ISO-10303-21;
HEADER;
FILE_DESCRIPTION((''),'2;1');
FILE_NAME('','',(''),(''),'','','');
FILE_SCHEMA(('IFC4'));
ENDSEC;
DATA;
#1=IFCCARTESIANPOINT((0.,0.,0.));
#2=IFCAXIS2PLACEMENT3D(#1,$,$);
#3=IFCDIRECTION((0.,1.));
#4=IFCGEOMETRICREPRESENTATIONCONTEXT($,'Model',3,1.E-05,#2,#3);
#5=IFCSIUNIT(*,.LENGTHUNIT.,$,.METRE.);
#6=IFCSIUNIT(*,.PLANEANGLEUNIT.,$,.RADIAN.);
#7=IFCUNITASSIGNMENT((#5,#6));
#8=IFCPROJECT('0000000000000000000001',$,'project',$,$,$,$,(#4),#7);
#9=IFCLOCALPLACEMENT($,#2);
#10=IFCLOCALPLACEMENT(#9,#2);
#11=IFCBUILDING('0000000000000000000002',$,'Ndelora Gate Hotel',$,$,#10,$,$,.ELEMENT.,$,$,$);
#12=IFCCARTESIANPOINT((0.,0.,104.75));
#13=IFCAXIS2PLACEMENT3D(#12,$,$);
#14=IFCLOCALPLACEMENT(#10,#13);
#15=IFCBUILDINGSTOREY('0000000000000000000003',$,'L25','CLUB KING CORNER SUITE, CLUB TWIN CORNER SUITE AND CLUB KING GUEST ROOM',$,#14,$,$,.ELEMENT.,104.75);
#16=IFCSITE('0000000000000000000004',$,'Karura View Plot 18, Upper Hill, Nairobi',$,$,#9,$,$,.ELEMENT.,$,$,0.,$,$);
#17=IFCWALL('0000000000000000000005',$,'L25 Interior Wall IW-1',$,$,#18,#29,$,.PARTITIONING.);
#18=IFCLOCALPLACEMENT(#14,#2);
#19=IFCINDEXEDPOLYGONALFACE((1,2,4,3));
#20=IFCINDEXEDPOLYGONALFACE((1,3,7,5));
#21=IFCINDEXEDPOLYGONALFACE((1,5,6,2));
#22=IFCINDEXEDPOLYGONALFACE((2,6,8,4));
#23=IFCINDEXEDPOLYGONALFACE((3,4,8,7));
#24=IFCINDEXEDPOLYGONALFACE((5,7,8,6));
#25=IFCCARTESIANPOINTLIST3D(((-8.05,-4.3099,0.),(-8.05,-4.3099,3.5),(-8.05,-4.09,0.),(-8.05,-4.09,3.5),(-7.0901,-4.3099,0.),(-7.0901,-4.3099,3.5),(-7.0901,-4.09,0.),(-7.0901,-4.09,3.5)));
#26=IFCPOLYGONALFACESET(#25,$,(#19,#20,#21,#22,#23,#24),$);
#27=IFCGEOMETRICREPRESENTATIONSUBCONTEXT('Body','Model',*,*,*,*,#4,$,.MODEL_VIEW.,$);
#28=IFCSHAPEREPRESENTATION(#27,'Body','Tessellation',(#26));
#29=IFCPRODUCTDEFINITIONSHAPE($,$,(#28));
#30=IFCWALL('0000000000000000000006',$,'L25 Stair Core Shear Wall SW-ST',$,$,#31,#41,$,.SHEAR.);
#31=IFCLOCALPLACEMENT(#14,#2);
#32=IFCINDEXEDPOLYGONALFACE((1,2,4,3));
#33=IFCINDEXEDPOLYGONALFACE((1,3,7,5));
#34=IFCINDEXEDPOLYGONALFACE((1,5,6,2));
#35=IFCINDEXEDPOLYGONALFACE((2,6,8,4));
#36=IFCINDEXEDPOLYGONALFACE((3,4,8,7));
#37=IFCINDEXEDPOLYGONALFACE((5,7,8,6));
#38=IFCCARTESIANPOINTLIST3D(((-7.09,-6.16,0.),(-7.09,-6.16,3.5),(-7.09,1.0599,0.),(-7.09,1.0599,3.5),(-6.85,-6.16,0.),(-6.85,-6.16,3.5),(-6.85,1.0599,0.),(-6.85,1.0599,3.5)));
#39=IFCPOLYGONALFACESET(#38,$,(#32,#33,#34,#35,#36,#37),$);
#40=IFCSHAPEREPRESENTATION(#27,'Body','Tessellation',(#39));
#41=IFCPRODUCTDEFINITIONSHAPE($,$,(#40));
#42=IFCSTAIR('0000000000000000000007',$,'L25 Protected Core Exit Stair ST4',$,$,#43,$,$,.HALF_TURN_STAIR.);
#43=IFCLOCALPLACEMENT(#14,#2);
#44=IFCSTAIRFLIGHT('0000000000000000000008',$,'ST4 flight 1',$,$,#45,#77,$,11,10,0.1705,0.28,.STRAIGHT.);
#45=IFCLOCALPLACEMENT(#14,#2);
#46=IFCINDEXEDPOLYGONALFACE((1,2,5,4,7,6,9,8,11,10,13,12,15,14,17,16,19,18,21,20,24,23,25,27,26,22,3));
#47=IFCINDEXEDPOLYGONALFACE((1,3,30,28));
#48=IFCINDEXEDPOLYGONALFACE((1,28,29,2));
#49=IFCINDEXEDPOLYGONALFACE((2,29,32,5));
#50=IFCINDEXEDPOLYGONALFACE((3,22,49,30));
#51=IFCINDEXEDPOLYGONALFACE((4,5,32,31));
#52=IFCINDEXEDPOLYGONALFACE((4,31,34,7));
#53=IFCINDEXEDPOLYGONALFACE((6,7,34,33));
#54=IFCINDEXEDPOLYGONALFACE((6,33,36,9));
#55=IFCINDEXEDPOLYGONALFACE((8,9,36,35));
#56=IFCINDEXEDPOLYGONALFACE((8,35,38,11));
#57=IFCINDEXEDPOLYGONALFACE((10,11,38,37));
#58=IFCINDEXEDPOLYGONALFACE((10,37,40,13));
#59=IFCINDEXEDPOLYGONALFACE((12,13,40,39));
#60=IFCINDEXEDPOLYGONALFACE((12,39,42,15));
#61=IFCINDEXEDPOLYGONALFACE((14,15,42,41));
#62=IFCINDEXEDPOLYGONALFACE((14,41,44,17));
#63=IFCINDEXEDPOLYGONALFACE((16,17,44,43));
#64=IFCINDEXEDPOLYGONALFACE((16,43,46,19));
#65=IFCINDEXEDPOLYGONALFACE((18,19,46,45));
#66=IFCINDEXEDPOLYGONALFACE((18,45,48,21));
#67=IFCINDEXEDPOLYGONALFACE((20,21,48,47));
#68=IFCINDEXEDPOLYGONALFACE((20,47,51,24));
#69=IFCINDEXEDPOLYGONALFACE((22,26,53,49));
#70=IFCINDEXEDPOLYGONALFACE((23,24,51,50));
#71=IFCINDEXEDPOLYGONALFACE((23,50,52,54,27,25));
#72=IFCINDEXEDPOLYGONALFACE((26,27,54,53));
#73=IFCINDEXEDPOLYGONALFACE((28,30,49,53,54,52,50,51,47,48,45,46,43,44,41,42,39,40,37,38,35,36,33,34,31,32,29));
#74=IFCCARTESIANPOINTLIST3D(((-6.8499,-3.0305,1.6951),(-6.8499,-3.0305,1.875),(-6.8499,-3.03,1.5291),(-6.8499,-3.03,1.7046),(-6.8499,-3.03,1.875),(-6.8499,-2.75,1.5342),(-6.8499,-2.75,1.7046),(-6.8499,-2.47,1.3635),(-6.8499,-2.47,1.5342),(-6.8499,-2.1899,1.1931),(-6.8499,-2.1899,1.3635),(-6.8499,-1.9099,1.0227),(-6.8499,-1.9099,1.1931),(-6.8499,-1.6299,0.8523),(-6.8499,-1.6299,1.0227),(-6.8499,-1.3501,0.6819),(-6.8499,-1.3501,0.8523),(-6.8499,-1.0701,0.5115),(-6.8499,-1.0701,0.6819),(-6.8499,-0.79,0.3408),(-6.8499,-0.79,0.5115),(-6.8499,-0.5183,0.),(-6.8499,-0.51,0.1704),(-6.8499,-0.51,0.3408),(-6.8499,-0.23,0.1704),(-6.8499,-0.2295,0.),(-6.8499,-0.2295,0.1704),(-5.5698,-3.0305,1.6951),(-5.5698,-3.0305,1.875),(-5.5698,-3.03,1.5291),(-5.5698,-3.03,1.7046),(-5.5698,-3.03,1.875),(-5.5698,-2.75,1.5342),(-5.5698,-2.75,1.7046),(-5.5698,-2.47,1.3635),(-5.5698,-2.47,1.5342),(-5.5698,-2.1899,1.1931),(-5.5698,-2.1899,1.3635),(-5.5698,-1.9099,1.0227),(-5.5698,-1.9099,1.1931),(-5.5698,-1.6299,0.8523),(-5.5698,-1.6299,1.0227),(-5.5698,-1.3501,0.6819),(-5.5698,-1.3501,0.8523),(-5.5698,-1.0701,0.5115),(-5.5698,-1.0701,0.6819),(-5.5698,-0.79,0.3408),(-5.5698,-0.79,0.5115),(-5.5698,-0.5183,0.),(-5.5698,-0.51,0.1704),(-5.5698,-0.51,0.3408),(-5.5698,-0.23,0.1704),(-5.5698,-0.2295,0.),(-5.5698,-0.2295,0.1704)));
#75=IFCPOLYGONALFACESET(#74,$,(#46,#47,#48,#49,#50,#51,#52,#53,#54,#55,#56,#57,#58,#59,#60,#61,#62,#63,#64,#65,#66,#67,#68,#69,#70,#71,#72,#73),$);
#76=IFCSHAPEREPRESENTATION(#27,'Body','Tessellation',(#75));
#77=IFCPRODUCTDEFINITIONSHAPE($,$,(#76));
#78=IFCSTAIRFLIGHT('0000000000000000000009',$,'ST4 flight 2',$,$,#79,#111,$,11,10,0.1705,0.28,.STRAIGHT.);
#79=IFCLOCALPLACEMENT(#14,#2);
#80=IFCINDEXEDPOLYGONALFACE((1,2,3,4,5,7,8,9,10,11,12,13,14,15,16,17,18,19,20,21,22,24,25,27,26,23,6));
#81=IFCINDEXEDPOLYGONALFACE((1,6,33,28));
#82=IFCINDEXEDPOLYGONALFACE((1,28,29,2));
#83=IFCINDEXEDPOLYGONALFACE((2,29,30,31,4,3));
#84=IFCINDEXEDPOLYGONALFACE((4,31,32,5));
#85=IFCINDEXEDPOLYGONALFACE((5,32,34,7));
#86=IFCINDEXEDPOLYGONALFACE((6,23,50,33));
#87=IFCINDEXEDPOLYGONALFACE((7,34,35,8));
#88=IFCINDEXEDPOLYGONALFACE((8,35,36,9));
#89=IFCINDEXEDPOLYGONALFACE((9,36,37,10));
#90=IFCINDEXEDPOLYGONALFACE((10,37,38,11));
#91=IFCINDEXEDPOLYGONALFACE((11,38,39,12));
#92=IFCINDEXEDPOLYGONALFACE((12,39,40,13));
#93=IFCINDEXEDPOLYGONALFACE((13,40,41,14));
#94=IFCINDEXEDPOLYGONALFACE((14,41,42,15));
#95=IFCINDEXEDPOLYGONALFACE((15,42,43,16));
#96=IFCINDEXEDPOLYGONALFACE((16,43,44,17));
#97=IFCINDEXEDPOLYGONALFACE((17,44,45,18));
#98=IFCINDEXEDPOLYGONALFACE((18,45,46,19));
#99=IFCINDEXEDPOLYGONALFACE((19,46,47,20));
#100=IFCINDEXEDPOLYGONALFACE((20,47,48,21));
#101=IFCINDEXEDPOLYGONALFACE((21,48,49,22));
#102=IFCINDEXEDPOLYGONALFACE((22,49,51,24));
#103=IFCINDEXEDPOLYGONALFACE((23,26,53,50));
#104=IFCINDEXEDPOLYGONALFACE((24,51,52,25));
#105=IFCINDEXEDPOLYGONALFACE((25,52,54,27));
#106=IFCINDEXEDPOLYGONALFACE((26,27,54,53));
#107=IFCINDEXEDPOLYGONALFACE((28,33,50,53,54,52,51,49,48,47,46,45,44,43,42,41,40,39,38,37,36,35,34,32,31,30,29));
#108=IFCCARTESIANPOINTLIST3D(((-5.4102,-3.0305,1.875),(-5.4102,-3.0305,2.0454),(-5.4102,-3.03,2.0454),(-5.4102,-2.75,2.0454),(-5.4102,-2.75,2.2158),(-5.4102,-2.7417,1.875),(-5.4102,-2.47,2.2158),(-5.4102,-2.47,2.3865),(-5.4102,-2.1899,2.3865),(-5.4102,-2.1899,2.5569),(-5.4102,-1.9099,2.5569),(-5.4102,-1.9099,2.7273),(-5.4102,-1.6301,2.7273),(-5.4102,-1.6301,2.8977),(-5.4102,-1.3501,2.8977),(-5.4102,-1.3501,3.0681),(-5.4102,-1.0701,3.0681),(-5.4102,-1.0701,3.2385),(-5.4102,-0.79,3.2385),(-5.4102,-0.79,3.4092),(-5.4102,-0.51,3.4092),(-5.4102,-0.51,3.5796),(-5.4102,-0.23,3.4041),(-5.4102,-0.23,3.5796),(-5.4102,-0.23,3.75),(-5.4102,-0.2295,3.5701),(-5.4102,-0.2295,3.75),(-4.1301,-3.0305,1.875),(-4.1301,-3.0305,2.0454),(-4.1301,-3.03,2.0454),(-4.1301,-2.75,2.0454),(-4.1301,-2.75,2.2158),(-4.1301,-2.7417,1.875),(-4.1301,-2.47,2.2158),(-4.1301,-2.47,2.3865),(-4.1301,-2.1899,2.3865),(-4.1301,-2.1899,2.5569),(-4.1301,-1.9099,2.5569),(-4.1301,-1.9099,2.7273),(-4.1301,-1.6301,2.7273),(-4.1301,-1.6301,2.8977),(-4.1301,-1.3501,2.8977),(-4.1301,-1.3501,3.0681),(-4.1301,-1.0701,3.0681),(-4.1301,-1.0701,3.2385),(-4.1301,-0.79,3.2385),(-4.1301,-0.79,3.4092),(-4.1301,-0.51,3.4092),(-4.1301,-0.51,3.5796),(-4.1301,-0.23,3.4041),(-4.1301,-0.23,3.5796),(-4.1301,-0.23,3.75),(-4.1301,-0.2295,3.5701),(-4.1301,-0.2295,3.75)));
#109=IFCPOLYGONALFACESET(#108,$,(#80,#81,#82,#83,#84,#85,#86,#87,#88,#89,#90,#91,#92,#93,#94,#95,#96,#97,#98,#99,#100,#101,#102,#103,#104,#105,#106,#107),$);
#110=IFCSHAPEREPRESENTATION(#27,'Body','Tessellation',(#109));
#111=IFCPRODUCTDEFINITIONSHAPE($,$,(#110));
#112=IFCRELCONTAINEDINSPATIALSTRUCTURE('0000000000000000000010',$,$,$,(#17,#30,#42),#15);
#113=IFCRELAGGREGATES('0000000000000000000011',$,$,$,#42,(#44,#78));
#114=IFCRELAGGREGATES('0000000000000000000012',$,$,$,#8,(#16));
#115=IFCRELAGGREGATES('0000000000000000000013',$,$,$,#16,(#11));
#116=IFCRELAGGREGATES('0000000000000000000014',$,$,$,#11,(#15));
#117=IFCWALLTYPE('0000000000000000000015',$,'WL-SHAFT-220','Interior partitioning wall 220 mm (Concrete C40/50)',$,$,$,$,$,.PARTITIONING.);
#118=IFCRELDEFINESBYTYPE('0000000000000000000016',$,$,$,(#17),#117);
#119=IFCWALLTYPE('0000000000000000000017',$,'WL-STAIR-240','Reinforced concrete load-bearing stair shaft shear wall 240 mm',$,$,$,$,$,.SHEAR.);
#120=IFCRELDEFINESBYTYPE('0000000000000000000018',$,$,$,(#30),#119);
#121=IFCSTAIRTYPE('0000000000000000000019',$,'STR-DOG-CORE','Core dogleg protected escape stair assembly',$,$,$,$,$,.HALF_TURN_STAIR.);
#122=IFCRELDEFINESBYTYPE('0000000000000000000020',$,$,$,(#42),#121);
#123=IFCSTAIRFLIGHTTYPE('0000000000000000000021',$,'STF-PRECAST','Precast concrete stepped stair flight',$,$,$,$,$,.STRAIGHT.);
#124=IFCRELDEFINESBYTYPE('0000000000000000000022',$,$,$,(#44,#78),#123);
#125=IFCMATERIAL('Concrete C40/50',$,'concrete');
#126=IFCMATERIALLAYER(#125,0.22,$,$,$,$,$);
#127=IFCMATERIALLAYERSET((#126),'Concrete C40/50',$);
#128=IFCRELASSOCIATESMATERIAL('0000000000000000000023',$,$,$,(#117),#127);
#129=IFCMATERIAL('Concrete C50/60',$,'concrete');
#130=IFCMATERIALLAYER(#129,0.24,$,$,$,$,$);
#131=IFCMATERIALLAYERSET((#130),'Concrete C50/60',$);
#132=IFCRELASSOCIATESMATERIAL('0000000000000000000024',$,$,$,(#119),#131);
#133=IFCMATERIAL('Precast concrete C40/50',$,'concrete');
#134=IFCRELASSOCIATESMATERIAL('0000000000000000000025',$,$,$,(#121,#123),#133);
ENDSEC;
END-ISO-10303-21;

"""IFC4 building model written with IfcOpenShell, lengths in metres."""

from ifc_helpers import new_model, si_unit, direction, frame, frame_2d, origin, place, context, subcontext, project, spatial, polyline, rectangle, outline, extrude, material, layer, layer_set, type_object, element, aggregate, save


model = new_model("IFC4")

# Units and contexts
model_context = context("Model", 3, precision=1e-05, world=origin(), true_north=direction((0.0, 1.0)))
body_context = subcontext(model_context, "Body", "Model", "MODEL_VIEW")
ifc_project = project(units=[si_unit("LENGTHUNIT", "METRE"), si_unit("PLANEANGLEUNIT", "RADIAN")], contexts=[model_context])

# Site, building, storey
site_placement = place(None, origin())
site = spatial("IfcSite", under=ifc_project, at=site_placement, Name="Karura View Plot 18, Upper Hill, Nairobi", CompositionType="ELEMENT", RefElevation=0.0)
building_placement = place(site_placement, origin())
building = spatial("IfcBuilding", under=site, at=building_placement, Name="Ndelora Gate Hotel", CompositionType="ELEMENT")
storey_placement = place(building_placement, frame((0.0, 0.0, 104.75)))
storey = spatial("IfcBuildingStorey", under=building, at=storey_placement, Name="L25", Description="CLUB KING CORNER SUITE, CLUB TWIN CORNER SUITE AND CLUB KING GUEST ROOM", CompositionType="ELEMENT", Elevation=104.75)

# Walls
ifc_material_1 = material(Name="Concrete C40/50", Category="concrete")
ifc_layer_1 = layer(ifc_material_1, 0.22)
ifc_layer_set_1 = layer_set([ifc_layer_1], Name="Concrete C40/50")
wall_type_1 = type_object("IfcWallType", Name="WL-SHAFT-220", Description="Interior partitioning wall 220 mm (Concrete C40/50)", PredefinedType="PARTITIONING", material=ifc_layer_set_1)
wall_1_placement = place(storey_placement, frame((-8.05, -4.2, 0.0), z_axis=(0.0, 0.0, 1.0), x_axis=(1.0, 0.0, 0.0)))
element("IfcWall", 1, at=wall_1_placement, inside=storey, type_object=wall_type_1, Name="L25 Interior Wall IW-1", PredefinedType="PARTITIONING", context=body_context, shape_type="SweptSolid", body=[
    extrude(rectangle(XDim=0.96, YDim=0.22, at=frame_2d((0.48, 0.0))), origin(), (0.0, 0.0, 1.0), 3.5),
])
ifc_material_2 = material(Name="Concrete C50/60", Category="concrete")
ifc_layer_2 = layer(ifc_material_2, 0.24)
ifc_layer_set_2 = layer_set([ifc_layer_2], Name="Concrete C50/60")
wall_type_2 = type_object("IfcWallType", Name="WL-STAIR-240", Description="Reinforced concrete load-bearing stair shaft shear wall 240 mm", PredefinedType="SHEAR", material=ifc_layer_set_2)
wall_2_placement = place(storey_placement, frame((-6.97, -6.1599, 0.0), z_axis=(0.0, 0.0, 1.0), x_axis=(0.0, 1.0, 0.0)))
element("IfcWall", 2, at=wall_2_placement, inside=storey, type_object=wall_type_2, Name="L25 Stair Core Shear Wall SW-ST", PredefinedType="SHEAR", context=body_context, shape_type="SweptSolid", body=[
    extrude(rectangle(XDim=7.22, YDim=0.24, at=frame_2d((3.6099, 0.0))), origin(), (0.0, 0.0, 1.0), 3.5),
])

# Stair, stair flights
ifc_material_3 = material(Name="Precast concrete C40/50", Category="concrete")
stair_type = type_object("IfcStairType", Name="STR-DOG-CORE", Description="Core dogleg protected escape stair assembly", PredefinedType="HALF_TURN_STAIR", material=ifc_material_3)
stair_placement = place(storey_placement, origin())
stair = element("IfcStair", 3, at=stair_placement, inside=storey, type_object=stair_type, Name="L25 Protected Core Exit Stair ST4", PredefinedType="HALF_TURN_STAIR")
stair_flight_type = type_object("IfcStairFlightType", Name="STF-PRECAST", Description="Precast concrete stepped stair flight", PredefinedType="STRAIGHT", material=ifc_material_3)
stair_flight_1_placement = place(storey_placement, frame((-6.21, -0.23, 0.0), z_axis=(0.0, 0.0, 1.0), x_axis=(0.0, -1.0, 0.0)))
stair_flight_1 = element("IfcStairFlight", 4, at=stair_flight_1_placement, type_object=stair_flight_type, Name="ST4 flight 1", NumberOfRisers=11, NumberOfTreads=10, PredefinedType="STRAIGHT", RiserHeight=0.1705, TreadLength=0.28, context=body_context, shape_type="SweptSolid", body=[
    extrude(outline(polyline([(-0.0005, 0.0), (-0.0005, 0.1704), (0.0, 0.1704), (0.28, 0.1704), (0.28, 0.3408), (0.5601, 0.3408), (0.5601, 0.5115), (0.8401, 0.5115), (0.8401, 0.6819), (1.1201, 0.6819), (1.1201, 0.8523), (1.3999, 0.8523), (1.3999, 1.0227), (1.6799, 1.0227), (1.6799, 1.1931), (1.96, 1.1931), (1.96, 1.3635), (2.24, 1.3635), (2.24, 1.5342), (2.52, 1.5342), (2.52, 1.7046), (2.8, 1.7046), (2.8, 1.875), (2.8005, 1.875), (2.8005, 1.6951), (2.8, 1.5291), (0.2883, 0.0), (-0.0005, 0.0)])), frame((0.0, 0.6401, 0.0), z_axis=(0.0, -1.0, 0.0), x_axis=(1.0, 0.0, 0.0)), (0.0, 0.0, 1.0), 1.28),
])
stair_flight_2_placement = place(storey_placement, frame((-4.77, -3.03, 1.875), z_axis=(0.0, 0.0, 1.0), x_axis=(0.0, 1.0, 0.0)))
stair_flight_2 = element("IfcStairFlight", 5, at=stair_flight_2_placement, type_object=stair_flight_type, Name="ST4 flight 2", NumberOfRisers=11, NumberOfTreads=10, PredefinedType="STRAIGHT", RiserHeight=0.1705, TreadLength=0.28, context=body_context, shape_type="SweptSolid", body=[
    extrude(outline(polyline([(-0.0005, 0.0), (-0.0005, 0.1704), (0.0, 0.1704), (0.28, 0.1704), (0.28, 0.3408), (0.5601, 0.3408), (0.5601, 0.5115), (0.8401, 0.5115), (0.8401, 0.6819), (1.1201, 0.6819), (1.1201, 0.8523), (1.3999, 0.8523), (1.3999, 1.0227), (1.6799, 1.0227), (1.6799, 1.1931), (1.96, 1.1931), (1.96, 1.3635), (2.24, 1.3635), (2.24, 1.5342), (2.52, 1.5342), (2.52, 1.7046), (2.8, 1.7046), (2.8, 1.875), (2.8005, 1.875), (2.8005, 1.6951), (2.8, 1.5291), (0.2883, 0.0), (-0.0005, 0.0)])), frame((0.0, 0.6401, 0.0), z_axis=(0.0, -1.0, 0.0), x_axis=(1.0, 0.0, 0.0)), (0.0, 0.0, 1.0), 1.28),
])
aggregate(stair, [stair_flight_1, stair_flight_2])

save(model, "model.ifc")
